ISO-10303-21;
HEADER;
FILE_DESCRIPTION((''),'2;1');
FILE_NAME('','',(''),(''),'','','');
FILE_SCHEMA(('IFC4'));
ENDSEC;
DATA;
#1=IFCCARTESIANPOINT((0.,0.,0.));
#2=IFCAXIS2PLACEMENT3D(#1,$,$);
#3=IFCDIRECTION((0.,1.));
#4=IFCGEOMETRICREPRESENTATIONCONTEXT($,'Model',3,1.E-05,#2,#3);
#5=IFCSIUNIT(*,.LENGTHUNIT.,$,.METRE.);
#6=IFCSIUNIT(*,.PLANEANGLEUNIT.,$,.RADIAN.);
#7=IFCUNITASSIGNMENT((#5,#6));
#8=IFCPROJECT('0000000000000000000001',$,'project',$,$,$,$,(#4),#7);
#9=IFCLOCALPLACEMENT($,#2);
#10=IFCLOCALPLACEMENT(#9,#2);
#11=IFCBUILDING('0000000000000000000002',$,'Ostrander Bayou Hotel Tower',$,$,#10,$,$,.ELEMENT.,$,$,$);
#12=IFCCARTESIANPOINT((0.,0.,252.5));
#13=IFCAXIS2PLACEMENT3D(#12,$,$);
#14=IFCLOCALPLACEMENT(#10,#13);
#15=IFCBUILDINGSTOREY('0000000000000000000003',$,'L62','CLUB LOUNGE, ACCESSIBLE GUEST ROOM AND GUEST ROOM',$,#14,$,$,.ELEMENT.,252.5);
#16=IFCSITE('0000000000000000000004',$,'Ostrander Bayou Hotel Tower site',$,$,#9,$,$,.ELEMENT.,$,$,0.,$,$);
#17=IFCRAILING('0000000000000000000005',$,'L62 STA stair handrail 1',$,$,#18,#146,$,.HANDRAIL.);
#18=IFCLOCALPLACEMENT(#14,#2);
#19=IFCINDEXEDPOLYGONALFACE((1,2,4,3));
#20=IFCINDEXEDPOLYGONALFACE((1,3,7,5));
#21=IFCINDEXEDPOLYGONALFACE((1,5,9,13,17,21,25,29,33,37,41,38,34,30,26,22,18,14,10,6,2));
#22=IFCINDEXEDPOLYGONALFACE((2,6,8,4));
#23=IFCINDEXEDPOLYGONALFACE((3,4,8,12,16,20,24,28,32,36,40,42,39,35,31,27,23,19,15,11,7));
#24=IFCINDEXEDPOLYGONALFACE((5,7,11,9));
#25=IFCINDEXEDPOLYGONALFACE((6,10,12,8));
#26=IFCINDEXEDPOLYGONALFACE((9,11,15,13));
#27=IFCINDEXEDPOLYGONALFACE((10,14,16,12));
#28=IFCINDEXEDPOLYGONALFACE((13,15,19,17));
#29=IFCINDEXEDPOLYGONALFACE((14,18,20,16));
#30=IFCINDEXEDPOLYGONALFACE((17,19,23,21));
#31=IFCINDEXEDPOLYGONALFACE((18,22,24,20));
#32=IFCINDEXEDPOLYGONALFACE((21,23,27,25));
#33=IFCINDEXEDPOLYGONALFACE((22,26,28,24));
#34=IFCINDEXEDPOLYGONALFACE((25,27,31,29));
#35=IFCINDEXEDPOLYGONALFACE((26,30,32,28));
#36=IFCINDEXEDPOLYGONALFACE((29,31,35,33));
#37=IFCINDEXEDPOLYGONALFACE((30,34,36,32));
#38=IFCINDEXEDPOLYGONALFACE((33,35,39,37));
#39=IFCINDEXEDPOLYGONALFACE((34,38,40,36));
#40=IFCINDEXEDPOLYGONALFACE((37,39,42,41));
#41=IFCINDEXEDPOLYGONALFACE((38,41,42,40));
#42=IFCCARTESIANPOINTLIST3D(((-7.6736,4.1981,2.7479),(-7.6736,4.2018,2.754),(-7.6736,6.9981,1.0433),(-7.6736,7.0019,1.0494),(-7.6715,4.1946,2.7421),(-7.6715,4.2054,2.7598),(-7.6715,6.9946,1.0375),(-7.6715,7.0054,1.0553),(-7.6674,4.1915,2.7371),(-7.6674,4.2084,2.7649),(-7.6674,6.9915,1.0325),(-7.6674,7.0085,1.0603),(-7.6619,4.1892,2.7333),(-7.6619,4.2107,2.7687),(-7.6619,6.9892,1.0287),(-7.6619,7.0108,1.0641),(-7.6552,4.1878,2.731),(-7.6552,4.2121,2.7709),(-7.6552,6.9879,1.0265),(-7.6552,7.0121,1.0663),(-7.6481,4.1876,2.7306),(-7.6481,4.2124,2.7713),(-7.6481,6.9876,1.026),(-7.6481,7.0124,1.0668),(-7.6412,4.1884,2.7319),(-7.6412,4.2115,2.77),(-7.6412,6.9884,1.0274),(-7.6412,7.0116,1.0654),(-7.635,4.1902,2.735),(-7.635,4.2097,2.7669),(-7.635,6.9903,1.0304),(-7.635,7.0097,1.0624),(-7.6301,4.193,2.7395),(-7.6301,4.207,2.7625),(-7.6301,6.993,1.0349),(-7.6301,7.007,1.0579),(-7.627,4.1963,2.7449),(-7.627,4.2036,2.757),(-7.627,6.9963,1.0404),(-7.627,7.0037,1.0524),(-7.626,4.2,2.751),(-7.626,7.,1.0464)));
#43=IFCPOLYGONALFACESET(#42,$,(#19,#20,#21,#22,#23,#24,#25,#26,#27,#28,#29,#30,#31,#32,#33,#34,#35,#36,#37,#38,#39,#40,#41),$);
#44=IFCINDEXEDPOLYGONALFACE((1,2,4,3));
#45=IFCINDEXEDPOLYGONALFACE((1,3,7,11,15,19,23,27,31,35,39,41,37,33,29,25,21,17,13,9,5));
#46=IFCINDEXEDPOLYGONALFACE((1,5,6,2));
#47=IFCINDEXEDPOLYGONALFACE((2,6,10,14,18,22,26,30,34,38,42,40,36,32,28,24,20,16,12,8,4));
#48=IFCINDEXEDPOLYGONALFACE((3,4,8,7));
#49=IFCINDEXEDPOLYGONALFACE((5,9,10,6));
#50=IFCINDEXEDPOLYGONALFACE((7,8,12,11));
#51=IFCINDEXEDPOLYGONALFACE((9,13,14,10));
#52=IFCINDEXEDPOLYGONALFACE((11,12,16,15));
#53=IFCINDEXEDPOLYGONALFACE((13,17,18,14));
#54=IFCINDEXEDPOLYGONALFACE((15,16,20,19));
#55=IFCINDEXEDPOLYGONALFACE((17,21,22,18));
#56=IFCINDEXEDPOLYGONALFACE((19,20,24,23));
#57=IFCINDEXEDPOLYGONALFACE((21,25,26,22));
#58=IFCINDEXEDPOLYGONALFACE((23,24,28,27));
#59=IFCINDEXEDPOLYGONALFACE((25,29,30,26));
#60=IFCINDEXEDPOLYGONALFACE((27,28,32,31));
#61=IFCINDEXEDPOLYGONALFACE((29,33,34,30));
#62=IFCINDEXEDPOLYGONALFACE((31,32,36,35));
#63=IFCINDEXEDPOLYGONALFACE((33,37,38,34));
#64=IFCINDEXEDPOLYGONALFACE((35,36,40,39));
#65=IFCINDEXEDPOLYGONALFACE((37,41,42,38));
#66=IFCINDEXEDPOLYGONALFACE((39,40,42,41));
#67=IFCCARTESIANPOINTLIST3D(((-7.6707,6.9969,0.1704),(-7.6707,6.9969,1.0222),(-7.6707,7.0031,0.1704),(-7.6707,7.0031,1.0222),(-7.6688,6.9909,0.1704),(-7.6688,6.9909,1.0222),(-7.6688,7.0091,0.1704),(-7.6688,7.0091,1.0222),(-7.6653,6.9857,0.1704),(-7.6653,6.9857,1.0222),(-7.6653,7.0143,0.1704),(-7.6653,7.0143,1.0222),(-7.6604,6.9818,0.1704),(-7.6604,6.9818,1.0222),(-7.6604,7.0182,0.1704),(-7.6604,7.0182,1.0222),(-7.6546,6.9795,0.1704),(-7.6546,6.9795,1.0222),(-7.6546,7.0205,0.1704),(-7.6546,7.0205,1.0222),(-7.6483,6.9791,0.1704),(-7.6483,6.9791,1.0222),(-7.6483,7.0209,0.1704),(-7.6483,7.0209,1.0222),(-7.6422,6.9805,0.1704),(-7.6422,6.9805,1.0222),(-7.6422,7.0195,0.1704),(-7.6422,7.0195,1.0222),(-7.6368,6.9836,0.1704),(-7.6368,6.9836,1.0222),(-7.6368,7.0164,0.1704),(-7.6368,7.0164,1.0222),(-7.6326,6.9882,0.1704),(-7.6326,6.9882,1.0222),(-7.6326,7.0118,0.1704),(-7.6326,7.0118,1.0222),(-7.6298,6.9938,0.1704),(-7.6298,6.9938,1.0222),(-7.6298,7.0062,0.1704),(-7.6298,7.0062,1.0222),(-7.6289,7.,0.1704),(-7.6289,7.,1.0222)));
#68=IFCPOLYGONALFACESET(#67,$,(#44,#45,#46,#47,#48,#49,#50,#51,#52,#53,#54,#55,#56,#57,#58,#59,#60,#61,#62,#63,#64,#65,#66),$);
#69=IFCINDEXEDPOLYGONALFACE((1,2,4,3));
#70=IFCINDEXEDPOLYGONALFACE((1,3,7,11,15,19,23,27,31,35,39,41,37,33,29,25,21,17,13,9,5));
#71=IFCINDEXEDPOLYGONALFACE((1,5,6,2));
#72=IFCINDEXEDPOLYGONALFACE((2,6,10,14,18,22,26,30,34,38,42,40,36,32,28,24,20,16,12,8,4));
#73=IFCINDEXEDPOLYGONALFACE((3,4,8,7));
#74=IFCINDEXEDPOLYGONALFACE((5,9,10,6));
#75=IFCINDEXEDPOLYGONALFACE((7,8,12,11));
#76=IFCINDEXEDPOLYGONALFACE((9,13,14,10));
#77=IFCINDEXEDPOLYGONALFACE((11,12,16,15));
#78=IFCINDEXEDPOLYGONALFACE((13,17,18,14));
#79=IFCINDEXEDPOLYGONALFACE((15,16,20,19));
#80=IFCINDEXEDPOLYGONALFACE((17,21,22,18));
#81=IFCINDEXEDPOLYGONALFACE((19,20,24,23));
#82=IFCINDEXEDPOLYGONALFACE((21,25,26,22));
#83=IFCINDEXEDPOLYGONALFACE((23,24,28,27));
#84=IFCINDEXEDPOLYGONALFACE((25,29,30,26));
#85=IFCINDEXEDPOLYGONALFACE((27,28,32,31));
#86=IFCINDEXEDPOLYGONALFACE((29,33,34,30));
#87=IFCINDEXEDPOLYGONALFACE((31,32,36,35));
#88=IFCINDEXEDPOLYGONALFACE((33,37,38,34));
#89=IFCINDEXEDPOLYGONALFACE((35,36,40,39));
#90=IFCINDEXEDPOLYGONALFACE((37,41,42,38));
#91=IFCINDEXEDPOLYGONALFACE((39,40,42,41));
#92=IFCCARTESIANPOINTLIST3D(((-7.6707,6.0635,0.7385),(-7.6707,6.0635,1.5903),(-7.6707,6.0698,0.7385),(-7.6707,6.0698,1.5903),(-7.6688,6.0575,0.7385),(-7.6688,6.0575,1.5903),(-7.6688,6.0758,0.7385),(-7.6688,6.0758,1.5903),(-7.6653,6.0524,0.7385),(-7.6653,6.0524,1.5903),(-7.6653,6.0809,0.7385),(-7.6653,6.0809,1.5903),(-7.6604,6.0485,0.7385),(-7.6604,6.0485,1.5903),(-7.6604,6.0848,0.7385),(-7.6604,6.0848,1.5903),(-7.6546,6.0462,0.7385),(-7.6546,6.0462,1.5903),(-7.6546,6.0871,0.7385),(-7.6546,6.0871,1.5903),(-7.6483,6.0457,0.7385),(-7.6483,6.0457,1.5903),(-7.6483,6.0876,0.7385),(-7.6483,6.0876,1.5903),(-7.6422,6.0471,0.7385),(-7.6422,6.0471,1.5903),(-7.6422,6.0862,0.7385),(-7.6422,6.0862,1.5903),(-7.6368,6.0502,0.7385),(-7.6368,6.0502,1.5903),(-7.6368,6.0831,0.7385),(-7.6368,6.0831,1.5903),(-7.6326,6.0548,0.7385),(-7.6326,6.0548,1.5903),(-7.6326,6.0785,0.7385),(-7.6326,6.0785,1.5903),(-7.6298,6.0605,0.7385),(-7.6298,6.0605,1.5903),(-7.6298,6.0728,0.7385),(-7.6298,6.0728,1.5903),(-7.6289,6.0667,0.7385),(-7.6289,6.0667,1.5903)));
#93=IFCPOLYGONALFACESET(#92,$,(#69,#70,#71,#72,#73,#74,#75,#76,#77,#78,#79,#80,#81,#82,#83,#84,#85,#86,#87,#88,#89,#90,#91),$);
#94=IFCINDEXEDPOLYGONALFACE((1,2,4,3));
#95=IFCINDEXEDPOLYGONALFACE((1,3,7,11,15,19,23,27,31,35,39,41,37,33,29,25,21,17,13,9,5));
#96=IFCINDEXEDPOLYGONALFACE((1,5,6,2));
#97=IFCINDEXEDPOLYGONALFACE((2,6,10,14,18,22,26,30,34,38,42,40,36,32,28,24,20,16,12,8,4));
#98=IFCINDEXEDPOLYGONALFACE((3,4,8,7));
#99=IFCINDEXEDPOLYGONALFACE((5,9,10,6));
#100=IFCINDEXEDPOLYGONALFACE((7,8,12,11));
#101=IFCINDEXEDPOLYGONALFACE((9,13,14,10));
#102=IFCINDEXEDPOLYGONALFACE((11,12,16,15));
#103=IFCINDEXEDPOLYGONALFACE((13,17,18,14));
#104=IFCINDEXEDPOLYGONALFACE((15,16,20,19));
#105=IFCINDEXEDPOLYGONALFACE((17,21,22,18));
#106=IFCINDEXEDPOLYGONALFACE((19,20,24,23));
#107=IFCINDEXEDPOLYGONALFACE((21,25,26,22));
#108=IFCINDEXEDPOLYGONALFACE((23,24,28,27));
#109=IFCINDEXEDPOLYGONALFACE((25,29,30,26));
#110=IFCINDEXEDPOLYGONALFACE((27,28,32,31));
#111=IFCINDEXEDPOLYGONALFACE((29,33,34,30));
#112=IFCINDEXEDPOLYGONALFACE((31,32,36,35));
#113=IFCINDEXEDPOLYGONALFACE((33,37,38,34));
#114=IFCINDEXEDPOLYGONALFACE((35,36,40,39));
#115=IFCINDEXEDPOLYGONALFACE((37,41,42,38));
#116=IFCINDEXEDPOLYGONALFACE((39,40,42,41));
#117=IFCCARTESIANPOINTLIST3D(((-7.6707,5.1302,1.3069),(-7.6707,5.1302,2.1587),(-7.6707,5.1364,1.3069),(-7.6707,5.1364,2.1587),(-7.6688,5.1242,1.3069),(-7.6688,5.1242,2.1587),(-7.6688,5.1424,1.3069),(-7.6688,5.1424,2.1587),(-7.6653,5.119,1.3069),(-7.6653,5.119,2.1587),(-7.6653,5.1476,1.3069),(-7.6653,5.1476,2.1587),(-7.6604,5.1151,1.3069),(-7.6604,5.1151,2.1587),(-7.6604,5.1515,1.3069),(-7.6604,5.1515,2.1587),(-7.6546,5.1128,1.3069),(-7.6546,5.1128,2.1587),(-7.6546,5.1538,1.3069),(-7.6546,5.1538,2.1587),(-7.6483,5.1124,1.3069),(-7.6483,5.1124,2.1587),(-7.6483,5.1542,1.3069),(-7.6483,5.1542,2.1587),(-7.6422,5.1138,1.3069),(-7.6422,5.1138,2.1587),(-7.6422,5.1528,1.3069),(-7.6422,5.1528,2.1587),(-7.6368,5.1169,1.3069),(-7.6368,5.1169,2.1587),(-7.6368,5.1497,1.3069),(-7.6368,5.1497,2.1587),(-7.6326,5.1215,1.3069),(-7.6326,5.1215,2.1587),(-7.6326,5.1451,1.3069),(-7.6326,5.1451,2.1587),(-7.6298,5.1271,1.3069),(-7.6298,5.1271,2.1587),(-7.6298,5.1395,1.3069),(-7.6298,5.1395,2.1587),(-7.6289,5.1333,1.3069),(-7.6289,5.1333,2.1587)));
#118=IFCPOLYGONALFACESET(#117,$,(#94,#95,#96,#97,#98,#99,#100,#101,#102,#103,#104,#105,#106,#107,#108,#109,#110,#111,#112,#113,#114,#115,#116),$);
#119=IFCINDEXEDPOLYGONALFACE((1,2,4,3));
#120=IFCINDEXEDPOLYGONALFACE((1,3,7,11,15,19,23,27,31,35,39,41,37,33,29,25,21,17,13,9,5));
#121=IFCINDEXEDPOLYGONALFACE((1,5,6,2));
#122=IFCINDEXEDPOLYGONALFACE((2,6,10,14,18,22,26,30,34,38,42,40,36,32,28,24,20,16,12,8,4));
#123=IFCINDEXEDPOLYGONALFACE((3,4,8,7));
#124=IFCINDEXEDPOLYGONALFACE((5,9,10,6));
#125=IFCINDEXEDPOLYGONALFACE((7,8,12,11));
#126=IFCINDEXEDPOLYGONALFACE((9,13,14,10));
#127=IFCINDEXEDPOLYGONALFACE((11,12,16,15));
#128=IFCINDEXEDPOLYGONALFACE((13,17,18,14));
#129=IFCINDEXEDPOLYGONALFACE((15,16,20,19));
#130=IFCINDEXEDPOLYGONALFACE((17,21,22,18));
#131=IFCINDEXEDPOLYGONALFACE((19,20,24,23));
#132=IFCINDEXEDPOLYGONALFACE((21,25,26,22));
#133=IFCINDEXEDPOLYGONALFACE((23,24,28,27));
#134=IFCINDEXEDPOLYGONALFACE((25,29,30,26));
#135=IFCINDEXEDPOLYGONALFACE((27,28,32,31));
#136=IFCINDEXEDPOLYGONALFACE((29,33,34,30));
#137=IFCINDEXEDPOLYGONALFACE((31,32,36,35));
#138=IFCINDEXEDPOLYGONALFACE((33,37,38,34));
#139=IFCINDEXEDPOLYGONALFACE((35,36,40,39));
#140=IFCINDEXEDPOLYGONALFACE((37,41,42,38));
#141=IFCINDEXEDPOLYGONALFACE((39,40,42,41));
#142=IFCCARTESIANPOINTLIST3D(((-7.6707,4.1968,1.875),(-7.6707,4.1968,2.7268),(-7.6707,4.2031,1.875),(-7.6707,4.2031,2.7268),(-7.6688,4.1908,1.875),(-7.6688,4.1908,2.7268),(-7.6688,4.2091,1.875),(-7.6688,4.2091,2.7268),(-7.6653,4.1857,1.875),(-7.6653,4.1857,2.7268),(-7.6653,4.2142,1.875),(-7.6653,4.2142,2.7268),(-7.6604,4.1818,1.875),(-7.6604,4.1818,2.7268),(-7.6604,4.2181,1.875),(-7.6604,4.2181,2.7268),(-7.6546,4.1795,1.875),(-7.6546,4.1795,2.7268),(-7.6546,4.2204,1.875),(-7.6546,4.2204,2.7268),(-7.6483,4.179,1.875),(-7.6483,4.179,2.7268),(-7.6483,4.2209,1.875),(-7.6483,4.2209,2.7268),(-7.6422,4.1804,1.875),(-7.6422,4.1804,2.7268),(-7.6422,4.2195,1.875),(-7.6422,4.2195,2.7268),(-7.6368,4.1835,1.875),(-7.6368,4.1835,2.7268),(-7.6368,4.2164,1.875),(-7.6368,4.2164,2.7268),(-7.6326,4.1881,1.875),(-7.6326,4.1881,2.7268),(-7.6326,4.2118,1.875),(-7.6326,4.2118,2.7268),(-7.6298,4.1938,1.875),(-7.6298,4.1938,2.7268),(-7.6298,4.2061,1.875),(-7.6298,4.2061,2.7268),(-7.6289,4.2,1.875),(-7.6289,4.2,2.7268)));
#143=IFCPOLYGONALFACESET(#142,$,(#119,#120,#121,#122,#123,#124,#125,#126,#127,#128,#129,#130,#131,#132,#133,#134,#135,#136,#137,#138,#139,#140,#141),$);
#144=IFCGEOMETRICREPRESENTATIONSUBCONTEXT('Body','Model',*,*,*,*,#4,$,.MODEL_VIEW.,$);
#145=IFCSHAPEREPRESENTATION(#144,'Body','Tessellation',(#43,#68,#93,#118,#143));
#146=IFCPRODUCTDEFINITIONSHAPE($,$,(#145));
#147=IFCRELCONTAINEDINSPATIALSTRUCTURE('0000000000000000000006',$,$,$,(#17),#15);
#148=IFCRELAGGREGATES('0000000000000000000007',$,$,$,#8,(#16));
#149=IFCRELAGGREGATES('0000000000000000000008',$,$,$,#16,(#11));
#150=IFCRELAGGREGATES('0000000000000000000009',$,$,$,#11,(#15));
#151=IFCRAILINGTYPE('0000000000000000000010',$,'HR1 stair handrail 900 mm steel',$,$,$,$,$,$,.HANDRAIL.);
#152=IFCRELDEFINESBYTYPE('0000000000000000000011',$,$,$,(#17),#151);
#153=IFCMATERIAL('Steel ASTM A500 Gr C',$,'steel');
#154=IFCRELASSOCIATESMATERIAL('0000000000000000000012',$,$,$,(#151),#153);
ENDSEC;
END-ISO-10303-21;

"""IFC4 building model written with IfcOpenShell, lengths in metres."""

from ifc_helpers import new_model, si_unit, direction, frame, origin, origin_2d, place, context, subcontext, project, spatial, circle, extrude, material, type_object, element, save


model = new_model("IFC4")

# Units and contexts
model_context = context("Model", 3, precision=1e-05, world=origin(), true_north=direction((0.0, 1.0)))
body_context = subcontext(model_context, "Body", "Model", "MODEL_VIEW")
ifc_project = project(units=[si_unit("LENGTHUNIT", "METRE"), si_unit("PLANEANGLEUNIT", "RADIAN")], contexts=[model_context])

# Site, building, storey
site_placement = place(None, origin())
site = spatial("IfcSite", under=ifc_project, at=site_placement, Name="Ostrander Bayou Hotel Tower site", CompositionType="ELEMENT", RefElevation=0.0)
building_placement = place(site_placement, origin())
building = spatial("IfcBuilding", under=site, at=building_placement, Name="Ostrander Bayou Hotel Tower", CompositionType="ELEMENT")
storey_placement = place(building_placement, frame((0.0, 0.0, 252.5)))
storey = spatial("IfcBuildingStorey", under=building, at=storey_placement, Name="L62", Description="CLUB LOUNGE, ACCESSIBLE GUEST ROOM AND GUEST ROOM", CompositionType="ELEMENT", Elevation=252.5)

# Railing
ifc_material_1 = material(Name="Steel ASTM A500 Gr C", Category="steel")
railing_type_1 = type_object("IfcRailingType", Name="HR1 stair handrail 900 mm steel", PredefinedType="HANDRAIL", material=ifc_material_1)
railing_1_placement = place(storey_placement, frame((-7.6499, 7.0, 0.1704)))
element("IfcRailing", 1, at=railing_1_placement, inside=storey, type_object=railing_type_1, Name="L62 STA stair handrail 1", PredefinedType="HANDRAIL", context=body_context, shape_type="SweptSolid", body=[
    extrude(circle(Radius=0.0239, at=origin_2d()), frame((0.0, 0.0, 0.876), z_axis=(0.0, -0.85417, 0.519994), x_axis=(1.0, 0.0, 0.0)), (0.0, 0.0, 1.0), 3.2781),
    extrude(circle(Radius=0.021, at=origin_2d()), origin(), (0.0, 0.0, 1.0), 0.8518),
    extrude(circle(Radius=0.021, at=origin_2d()), frame((0.0, -0.9333, 0.5681)), (0.0, 0.0, 1.0), 0.8518),
    extrude(circle(Radius=0.021, at=origin_2d()), frame((0.0, -1.8667, 1.1365)), (0.0, 0.0, 1.0), 0.8518),
    extrude(circle(Radius=0.021, at=origin_2d()), frame((0.0, -2.8, 1.7046)), (0.0, 0.0, 1.0), 0.8518),
])

save(model, "model.ifc")
